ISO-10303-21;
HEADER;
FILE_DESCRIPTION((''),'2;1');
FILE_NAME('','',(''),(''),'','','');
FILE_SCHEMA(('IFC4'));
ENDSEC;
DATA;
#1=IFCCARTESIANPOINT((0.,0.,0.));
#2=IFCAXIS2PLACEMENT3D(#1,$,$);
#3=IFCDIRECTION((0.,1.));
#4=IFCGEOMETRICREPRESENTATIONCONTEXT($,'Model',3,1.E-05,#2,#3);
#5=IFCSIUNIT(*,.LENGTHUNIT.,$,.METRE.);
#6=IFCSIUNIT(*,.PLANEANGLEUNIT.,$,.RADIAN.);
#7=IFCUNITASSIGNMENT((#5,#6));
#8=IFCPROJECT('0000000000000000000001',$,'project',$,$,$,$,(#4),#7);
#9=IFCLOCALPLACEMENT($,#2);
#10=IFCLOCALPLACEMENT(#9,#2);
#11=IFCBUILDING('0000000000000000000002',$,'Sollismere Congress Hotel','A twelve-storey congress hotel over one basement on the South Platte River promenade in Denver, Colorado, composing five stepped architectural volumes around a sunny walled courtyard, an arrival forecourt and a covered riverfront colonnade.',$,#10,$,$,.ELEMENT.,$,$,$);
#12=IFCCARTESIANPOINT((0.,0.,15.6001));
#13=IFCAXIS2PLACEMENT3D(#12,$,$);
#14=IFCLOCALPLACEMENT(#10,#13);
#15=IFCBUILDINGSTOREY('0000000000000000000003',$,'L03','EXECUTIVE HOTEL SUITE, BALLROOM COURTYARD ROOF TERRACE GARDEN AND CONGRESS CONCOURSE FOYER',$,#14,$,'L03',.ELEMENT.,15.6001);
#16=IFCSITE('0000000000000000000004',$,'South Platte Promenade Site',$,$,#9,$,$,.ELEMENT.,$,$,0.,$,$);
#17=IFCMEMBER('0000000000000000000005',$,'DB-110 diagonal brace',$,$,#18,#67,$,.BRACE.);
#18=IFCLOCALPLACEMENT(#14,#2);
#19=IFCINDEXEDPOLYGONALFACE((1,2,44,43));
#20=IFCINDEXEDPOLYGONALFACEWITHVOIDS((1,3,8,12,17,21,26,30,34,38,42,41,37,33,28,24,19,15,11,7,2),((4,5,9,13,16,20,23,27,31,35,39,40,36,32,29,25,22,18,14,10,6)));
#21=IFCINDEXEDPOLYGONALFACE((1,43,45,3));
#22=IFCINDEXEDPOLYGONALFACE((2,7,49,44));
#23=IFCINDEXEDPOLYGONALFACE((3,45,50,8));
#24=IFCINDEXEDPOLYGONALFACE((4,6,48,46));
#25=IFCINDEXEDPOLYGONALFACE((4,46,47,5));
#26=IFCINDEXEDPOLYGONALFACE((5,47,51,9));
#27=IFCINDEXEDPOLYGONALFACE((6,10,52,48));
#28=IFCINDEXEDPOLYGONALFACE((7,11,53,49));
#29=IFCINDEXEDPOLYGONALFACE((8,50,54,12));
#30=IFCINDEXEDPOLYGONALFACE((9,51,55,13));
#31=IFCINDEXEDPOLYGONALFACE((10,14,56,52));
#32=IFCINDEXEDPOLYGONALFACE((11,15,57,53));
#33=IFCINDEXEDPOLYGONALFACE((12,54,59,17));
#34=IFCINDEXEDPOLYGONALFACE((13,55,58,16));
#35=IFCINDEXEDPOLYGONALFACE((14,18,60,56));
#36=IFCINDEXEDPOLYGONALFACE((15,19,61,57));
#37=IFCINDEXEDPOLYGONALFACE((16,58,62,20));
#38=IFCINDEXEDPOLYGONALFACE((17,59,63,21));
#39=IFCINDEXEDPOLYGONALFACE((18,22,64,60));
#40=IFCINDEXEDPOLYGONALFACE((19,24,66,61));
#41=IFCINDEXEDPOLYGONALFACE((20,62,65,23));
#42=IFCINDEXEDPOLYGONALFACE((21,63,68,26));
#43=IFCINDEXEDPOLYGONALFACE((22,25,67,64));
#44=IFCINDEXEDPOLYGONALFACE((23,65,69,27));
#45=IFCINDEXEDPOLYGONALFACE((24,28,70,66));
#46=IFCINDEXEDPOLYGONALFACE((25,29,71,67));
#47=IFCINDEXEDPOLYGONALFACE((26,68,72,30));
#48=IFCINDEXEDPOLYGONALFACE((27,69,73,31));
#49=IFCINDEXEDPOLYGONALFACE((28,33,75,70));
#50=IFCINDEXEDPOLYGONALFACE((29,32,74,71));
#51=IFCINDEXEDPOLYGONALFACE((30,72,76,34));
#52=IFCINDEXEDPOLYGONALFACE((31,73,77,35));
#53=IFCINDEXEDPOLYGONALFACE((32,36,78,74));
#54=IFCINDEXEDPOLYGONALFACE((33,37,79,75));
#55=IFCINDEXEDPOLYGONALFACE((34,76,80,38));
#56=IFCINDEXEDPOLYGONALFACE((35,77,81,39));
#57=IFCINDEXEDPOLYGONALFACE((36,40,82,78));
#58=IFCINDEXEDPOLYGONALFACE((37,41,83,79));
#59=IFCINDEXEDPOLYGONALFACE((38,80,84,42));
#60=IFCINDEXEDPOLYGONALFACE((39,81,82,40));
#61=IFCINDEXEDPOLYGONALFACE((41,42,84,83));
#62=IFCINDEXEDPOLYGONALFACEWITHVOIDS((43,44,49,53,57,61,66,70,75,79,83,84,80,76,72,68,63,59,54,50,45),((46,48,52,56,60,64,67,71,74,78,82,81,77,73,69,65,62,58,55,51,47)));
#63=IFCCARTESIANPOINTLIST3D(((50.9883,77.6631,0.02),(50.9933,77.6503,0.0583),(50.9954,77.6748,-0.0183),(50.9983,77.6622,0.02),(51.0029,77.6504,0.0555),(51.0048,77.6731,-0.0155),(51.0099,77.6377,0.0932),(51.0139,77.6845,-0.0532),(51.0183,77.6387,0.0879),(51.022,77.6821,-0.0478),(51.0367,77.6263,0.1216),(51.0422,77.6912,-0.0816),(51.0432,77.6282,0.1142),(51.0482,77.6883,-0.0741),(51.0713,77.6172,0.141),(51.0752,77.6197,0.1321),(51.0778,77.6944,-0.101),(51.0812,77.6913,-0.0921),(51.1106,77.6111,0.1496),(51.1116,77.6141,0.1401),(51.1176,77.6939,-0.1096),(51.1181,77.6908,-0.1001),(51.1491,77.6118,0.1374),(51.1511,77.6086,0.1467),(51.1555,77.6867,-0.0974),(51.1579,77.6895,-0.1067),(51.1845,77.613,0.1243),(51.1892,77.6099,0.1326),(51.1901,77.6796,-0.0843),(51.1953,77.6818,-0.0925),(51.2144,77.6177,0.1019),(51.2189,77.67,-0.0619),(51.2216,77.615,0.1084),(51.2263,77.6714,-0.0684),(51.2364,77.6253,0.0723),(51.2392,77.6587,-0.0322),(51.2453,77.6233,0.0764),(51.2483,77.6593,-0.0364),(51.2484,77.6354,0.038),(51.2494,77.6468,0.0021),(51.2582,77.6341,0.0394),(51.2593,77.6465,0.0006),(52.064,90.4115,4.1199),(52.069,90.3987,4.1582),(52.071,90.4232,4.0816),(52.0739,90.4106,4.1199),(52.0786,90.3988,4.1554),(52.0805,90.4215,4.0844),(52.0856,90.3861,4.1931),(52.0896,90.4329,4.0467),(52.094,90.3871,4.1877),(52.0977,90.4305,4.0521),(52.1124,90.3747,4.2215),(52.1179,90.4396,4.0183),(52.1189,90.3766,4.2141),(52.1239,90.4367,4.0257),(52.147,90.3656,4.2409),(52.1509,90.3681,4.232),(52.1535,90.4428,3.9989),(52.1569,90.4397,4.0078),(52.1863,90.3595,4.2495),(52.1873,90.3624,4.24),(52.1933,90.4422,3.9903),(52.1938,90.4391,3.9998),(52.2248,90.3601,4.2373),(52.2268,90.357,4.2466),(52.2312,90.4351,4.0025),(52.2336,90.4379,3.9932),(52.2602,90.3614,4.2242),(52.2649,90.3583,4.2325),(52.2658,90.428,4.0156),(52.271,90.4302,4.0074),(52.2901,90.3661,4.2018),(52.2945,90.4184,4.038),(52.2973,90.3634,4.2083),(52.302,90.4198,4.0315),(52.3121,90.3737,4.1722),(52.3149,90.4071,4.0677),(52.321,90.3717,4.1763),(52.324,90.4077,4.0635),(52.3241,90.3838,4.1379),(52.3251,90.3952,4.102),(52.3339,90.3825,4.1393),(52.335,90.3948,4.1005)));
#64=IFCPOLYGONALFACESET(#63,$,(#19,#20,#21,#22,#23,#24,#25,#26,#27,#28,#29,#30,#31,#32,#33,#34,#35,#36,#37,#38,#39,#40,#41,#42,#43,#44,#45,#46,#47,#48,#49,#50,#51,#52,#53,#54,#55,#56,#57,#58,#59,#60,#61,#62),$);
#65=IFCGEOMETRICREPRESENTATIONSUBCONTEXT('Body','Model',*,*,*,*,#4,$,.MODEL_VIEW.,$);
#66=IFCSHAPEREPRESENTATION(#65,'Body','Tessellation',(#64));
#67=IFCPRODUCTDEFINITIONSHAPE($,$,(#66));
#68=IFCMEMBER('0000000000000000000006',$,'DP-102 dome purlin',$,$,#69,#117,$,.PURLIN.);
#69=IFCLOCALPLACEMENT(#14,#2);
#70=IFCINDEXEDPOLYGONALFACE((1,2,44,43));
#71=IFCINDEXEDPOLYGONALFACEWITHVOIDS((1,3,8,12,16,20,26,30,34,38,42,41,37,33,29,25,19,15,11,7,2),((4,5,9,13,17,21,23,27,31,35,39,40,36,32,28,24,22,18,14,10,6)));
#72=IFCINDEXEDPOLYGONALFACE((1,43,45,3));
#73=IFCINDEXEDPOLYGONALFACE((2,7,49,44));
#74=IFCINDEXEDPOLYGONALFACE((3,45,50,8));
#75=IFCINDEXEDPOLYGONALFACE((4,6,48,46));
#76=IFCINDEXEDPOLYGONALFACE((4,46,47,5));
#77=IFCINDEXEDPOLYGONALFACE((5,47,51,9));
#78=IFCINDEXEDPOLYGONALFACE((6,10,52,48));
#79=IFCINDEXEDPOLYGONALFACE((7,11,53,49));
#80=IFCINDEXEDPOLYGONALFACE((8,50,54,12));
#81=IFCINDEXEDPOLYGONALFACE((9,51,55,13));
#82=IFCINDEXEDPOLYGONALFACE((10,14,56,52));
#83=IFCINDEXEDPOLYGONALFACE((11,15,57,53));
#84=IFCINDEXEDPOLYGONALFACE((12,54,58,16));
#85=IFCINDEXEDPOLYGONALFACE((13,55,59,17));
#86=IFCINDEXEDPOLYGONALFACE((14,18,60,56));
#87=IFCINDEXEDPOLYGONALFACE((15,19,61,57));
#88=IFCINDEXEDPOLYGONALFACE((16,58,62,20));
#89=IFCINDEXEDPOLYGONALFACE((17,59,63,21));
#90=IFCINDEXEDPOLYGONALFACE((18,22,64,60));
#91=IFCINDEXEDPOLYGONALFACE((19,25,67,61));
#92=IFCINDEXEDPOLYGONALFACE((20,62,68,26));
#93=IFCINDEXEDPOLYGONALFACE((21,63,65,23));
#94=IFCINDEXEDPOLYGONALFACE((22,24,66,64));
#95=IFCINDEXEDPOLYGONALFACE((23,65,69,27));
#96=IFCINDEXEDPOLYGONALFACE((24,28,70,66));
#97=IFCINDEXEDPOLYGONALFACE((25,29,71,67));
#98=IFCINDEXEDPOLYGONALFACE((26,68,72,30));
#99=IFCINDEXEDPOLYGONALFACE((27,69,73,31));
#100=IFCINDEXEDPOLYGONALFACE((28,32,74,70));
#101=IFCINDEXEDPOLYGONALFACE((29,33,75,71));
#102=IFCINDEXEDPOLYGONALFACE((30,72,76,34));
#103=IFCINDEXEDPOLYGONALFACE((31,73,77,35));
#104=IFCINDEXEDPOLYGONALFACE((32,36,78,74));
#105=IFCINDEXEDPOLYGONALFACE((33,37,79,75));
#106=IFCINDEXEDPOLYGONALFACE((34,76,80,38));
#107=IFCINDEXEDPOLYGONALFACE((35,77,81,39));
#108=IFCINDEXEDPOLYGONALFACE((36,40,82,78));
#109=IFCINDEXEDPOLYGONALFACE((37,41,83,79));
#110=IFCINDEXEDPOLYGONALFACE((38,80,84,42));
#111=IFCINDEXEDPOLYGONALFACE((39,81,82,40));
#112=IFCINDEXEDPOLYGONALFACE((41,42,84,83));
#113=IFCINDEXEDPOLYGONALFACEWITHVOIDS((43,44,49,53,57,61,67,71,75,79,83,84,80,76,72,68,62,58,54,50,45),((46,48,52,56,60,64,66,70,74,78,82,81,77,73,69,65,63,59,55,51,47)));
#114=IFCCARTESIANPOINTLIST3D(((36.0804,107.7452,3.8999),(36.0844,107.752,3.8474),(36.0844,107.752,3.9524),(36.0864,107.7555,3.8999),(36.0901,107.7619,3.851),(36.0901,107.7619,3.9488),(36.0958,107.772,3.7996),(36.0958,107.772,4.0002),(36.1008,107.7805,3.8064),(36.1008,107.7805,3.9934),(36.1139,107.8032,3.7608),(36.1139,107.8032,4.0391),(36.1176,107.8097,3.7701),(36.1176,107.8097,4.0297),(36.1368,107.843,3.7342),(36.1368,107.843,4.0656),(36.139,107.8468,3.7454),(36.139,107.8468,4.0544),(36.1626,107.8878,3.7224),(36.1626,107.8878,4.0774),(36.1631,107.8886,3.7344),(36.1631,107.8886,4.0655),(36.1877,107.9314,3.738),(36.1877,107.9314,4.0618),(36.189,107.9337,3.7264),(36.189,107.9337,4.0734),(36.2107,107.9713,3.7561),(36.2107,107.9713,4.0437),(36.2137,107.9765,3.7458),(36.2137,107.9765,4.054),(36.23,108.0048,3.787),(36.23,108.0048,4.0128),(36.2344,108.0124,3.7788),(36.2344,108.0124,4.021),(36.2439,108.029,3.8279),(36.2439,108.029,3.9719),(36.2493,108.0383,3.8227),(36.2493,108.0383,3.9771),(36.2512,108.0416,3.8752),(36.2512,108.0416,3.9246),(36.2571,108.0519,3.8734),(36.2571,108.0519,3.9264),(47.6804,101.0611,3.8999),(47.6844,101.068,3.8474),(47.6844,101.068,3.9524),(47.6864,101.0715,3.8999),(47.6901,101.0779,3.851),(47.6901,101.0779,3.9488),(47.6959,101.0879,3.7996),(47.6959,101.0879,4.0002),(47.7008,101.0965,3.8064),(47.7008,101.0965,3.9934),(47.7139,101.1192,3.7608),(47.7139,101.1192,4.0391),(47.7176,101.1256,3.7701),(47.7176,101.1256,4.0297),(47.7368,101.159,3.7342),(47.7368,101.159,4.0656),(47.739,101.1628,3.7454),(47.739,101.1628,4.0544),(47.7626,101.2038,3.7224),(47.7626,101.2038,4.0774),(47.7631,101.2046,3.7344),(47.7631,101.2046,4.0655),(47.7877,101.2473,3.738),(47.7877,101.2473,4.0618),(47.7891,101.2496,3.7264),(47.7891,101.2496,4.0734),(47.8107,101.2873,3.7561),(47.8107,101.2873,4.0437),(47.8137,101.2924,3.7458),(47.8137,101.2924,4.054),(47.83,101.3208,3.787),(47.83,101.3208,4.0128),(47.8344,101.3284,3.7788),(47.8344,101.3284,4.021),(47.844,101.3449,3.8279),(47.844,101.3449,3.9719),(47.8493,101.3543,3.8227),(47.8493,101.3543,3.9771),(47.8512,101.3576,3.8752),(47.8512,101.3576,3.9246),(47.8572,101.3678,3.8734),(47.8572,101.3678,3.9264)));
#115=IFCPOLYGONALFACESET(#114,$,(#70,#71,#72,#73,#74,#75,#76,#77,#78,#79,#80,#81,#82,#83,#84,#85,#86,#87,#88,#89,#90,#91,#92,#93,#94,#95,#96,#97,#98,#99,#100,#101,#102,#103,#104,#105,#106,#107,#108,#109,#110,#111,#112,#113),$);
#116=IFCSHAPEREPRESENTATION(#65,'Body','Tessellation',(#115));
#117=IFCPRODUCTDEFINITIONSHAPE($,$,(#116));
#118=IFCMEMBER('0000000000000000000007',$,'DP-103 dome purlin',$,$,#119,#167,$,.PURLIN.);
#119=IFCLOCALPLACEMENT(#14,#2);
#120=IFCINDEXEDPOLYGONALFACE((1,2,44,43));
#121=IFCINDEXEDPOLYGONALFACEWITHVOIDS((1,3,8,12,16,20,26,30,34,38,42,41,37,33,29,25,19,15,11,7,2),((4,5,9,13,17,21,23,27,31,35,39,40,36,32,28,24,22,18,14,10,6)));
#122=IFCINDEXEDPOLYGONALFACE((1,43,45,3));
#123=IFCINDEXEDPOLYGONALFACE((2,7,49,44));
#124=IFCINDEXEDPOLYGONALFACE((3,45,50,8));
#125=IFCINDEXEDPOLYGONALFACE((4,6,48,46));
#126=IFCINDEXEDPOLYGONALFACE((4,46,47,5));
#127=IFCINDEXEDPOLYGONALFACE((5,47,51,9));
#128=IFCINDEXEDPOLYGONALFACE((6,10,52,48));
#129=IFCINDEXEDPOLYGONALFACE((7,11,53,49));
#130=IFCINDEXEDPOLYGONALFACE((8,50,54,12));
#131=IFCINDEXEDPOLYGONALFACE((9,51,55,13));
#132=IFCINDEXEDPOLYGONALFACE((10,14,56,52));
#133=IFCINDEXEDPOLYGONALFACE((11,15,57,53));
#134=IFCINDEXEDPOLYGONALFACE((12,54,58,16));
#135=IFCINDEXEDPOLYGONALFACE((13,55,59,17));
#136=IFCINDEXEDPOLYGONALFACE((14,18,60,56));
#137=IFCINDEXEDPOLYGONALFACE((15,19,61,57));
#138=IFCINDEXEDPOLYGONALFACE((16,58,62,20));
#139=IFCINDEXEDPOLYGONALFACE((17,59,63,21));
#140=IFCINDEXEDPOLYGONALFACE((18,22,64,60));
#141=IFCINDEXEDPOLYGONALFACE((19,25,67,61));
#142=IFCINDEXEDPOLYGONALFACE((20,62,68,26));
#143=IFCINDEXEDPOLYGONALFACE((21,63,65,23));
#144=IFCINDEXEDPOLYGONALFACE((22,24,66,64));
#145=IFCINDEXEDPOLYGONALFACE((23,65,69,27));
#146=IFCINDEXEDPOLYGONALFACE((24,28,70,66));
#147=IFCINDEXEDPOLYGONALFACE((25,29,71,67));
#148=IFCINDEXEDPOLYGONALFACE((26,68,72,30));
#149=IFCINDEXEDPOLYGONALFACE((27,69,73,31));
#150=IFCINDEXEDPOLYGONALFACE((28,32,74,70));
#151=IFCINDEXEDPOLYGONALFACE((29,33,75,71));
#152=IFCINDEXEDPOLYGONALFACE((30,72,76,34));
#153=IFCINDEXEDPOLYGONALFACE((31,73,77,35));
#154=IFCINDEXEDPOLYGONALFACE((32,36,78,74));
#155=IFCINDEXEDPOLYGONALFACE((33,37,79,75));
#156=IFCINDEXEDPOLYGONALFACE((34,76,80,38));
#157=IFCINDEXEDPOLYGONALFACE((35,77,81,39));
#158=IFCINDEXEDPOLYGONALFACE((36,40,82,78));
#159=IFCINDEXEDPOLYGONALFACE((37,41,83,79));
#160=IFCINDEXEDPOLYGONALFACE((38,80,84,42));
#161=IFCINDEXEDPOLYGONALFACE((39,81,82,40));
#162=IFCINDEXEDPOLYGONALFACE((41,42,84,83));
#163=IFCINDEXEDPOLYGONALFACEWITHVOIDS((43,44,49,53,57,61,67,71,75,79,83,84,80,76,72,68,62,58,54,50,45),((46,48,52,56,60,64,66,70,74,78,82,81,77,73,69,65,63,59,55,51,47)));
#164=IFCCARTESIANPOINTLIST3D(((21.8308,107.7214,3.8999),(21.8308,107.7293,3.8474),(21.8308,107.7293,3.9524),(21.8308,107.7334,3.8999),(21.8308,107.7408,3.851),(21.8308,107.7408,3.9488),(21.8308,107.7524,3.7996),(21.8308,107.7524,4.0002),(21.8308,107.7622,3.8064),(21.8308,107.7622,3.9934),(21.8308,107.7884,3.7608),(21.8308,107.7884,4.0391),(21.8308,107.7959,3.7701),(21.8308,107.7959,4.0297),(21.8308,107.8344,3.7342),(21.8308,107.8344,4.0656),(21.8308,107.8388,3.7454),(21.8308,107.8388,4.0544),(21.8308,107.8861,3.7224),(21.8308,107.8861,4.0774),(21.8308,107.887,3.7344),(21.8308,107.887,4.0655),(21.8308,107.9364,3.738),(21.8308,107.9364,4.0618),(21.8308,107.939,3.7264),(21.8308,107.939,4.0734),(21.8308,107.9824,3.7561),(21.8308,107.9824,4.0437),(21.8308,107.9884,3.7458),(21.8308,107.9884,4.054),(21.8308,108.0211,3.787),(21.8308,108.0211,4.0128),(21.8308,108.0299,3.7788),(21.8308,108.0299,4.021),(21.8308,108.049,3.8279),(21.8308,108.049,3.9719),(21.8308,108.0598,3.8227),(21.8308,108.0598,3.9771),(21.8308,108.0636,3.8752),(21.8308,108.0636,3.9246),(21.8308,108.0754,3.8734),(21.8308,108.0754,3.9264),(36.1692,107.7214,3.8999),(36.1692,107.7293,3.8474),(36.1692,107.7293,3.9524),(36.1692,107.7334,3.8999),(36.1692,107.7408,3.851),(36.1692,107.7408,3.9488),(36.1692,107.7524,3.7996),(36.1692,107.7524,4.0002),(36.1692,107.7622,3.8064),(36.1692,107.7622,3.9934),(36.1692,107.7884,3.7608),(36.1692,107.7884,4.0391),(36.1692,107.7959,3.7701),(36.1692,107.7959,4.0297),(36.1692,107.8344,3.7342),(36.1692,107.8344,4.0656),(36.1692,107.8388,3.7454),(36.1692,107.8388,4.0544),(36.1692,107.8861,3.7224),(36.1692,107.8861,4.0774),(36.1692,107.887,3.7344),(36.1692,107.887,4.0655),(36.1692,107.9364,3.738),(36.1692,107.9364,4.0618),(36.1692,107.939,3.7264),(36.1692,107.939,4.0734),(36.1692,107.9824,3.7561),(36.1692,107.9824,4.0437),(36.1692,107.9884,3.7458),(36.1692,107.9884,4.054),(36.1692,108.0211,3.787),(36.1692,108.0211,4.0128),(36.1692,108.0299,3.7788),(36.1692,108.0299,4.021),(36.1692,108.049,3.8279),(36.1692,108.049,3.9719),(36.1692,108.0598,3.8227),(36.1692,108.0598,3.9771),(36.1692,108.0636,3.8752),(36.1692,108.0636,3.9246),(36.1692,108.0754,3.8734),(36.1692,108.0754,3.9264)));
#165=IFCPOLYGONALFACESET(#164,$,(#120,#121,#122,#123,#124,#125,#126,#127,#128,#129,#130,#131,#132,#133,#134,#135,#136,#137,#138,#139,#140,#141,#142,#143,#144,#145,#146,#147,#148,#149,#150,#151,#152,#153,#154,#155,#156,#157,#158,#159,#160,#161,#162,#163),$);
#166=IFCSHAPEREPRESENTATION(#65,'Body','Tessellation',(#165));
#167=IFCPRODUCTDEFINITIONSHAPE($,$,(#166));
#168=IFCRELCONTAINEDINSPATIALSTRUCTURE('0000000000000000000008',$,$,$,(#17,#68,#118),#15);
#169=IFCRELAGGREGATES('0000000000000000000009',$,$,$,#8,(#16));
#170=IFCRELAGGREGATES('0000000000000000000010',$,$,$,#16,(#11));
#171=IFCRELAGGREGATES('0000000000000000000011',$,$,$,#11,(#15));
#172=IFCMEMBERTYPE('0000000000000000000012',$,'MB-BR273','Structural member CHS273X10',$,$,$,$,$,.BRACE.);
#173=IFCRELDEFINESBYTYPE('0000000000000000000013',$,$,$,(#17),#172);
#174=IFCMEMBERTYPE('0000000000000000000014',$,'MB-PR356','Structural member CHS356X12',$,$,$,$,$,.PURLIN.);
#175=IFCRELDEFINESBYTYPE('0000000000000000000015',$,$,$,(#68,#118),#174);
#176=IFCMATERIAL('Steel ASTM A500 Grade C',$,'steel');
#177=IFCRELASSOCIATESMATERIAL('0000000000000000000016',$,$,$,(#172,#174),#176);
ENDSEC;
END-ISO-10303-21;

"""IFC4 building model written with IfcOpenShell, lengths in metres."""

from ifc_helpers import new_model, si_unit, direction, frame, origin, origin_2d, place, context, subcontext, project, spatial, hollow_circle, extrude, material, material_profile, profile_set, type_object, element, save


model = new_model("IFC4")

# Units and contexts
model_context = context("Model", 3, precision=1e-05, world=origin(), true_north=direction((0.0, 1.0)))
body_context = subcontext(model_context, "Body", "Model", "MODEL_VIEW")
ifc_project = project(units=[si_unit("LENGTHUNIT", "METRE"), si_unit("PLANEANGLEUNIT", "RADIAN")], contexts=[model_context])

# Site, building, storey
site_placement = place(None, origin())
site = spatial("IfcSite", under=ifc_project, at=site_placement, Name="South Platte Promenade Site", CompositionType="ELEMENT", RefElevation=0.0)
building_placement = place(site_placement, origin())
building = spatial("IfcBuilding", under=site, at=building_placement, Name="Sollismere Congress Hotel", Description="A twelve-storey congress hotel over one basement on the South Platte River promenade in Denver, Colorado, composing five stepped architectural volumes around a sunny walled courtyard, an arrival forecourt and a covered riverfront colonnade.", CompositionType="ELEMENT")
storey_placement = place(building_placement, frame((0.0, 0.0, 15.6001)))
storey = spatial("IfcBuildingStorey", under=building, at=storey_placement, Name="L03", Description="EXECUTIVE HOTEL SUITE, BALLROOM COURTYARD ROOF TERRACE GARDEN AND CONGRESS CONCOURSE FOYER", LongName="L03", CompositionType="ELEMENT", Elevation=15.6001)

# Members
ifc_material_1 = material(Name="Steel ASTM A500 Grade C", Category="steel")
ifc_material_profile_1 = material_profile(ifc_material_1, hollow_circle(Radius=0.1365, WallThickness=0.01, at=origin_2d()), Name="CHS273X10")
ifc_profile_set_1 = profile_set([ifc_material_profile_1], Name="Steel ASTM A500 Grade C")
member_type_1 = type_object("IfcMemberType", Name="MB-BR273", Description="Structural member CHS273X10", PredefinedType="BRACE", material=ifc_profile_set_1)
member_1_placement = place(storey_placement, frame((51.1243, 77.6516, 0.02), z_axis=(0.080069, 0.948924, 0.305174), x_axis=(-0.996459, 0.08408, 0.0)))
element("IfcMember", 1, at=member_1_placement, inside=storey, type_object=member_type_1, Name="DB-110 diagonal brace", PredefinedType="BRACE", context=body_context, shape_type="SweptSolid", body=[
    extrude(hollow_circle(Radius=0.1365, WallThickness=0.01, at=origin_2d()), origin(), (0.0, 0.0, 1.0), 13.4346),
])
ifc_material_profile_2 = material_profile(ifc_material_1, hollow_circle(Radius=0.178, WallThickness=0.012, at=origin_2d()), Name="CHS356X12")
ifc_profile_set_2 = profile_set([ifc_material_profile_2], Name="Steel ASTM A500 Grade C")
member_type_2 = type_object("IfcMemberType", Name="MB-PR356", Description="Structural member CHS356X12", PredefinedType="PURLIN", material=ifc_profile_set_2)
member_2_placement = place(storey_placement, frame((47.7693, 101.2153, 3.8999), z_axis=(-0.866453, 0.499258, 0.0), x_axis=(-0.499258, -0.866453, 0.0)))
element("IfcMember", 2, at=member_2_placement, inside=storey, type_object=member_type_2, Name="DP-102 dome purlin", PredefinedType="PURLIN", context=body_context, shape_type="SweptSolid", body=[
    extrude(hollow_circle(Radius=0.178, WallThickness=0.012, at=origin_2d()), origin(), (0.0, 0.0, 1.0), 13.3879),
])
member_3_placement = place(storey_placement, frame((36.1692, 107.8994, 3.8999), z_axis=(-1.0, 0.0, 0.0), x_axis=(0.0, -1.0, 0.0)))
element("IfcMember", 3, at=member_3_placement, inside=storey, type_object=member_type_2, Name="DP-103 dome purlin", PredefinedType="PURLIN", context=body_context, shape_type="SweptSolid", body=[
    extrude(hollow_circle(Radius=0.178, WallThickness=0.012, at=origin_2d()), origin(), (0.0, 0.0, 1.0), 14.3384),
])

save(model, "model.ifc")
